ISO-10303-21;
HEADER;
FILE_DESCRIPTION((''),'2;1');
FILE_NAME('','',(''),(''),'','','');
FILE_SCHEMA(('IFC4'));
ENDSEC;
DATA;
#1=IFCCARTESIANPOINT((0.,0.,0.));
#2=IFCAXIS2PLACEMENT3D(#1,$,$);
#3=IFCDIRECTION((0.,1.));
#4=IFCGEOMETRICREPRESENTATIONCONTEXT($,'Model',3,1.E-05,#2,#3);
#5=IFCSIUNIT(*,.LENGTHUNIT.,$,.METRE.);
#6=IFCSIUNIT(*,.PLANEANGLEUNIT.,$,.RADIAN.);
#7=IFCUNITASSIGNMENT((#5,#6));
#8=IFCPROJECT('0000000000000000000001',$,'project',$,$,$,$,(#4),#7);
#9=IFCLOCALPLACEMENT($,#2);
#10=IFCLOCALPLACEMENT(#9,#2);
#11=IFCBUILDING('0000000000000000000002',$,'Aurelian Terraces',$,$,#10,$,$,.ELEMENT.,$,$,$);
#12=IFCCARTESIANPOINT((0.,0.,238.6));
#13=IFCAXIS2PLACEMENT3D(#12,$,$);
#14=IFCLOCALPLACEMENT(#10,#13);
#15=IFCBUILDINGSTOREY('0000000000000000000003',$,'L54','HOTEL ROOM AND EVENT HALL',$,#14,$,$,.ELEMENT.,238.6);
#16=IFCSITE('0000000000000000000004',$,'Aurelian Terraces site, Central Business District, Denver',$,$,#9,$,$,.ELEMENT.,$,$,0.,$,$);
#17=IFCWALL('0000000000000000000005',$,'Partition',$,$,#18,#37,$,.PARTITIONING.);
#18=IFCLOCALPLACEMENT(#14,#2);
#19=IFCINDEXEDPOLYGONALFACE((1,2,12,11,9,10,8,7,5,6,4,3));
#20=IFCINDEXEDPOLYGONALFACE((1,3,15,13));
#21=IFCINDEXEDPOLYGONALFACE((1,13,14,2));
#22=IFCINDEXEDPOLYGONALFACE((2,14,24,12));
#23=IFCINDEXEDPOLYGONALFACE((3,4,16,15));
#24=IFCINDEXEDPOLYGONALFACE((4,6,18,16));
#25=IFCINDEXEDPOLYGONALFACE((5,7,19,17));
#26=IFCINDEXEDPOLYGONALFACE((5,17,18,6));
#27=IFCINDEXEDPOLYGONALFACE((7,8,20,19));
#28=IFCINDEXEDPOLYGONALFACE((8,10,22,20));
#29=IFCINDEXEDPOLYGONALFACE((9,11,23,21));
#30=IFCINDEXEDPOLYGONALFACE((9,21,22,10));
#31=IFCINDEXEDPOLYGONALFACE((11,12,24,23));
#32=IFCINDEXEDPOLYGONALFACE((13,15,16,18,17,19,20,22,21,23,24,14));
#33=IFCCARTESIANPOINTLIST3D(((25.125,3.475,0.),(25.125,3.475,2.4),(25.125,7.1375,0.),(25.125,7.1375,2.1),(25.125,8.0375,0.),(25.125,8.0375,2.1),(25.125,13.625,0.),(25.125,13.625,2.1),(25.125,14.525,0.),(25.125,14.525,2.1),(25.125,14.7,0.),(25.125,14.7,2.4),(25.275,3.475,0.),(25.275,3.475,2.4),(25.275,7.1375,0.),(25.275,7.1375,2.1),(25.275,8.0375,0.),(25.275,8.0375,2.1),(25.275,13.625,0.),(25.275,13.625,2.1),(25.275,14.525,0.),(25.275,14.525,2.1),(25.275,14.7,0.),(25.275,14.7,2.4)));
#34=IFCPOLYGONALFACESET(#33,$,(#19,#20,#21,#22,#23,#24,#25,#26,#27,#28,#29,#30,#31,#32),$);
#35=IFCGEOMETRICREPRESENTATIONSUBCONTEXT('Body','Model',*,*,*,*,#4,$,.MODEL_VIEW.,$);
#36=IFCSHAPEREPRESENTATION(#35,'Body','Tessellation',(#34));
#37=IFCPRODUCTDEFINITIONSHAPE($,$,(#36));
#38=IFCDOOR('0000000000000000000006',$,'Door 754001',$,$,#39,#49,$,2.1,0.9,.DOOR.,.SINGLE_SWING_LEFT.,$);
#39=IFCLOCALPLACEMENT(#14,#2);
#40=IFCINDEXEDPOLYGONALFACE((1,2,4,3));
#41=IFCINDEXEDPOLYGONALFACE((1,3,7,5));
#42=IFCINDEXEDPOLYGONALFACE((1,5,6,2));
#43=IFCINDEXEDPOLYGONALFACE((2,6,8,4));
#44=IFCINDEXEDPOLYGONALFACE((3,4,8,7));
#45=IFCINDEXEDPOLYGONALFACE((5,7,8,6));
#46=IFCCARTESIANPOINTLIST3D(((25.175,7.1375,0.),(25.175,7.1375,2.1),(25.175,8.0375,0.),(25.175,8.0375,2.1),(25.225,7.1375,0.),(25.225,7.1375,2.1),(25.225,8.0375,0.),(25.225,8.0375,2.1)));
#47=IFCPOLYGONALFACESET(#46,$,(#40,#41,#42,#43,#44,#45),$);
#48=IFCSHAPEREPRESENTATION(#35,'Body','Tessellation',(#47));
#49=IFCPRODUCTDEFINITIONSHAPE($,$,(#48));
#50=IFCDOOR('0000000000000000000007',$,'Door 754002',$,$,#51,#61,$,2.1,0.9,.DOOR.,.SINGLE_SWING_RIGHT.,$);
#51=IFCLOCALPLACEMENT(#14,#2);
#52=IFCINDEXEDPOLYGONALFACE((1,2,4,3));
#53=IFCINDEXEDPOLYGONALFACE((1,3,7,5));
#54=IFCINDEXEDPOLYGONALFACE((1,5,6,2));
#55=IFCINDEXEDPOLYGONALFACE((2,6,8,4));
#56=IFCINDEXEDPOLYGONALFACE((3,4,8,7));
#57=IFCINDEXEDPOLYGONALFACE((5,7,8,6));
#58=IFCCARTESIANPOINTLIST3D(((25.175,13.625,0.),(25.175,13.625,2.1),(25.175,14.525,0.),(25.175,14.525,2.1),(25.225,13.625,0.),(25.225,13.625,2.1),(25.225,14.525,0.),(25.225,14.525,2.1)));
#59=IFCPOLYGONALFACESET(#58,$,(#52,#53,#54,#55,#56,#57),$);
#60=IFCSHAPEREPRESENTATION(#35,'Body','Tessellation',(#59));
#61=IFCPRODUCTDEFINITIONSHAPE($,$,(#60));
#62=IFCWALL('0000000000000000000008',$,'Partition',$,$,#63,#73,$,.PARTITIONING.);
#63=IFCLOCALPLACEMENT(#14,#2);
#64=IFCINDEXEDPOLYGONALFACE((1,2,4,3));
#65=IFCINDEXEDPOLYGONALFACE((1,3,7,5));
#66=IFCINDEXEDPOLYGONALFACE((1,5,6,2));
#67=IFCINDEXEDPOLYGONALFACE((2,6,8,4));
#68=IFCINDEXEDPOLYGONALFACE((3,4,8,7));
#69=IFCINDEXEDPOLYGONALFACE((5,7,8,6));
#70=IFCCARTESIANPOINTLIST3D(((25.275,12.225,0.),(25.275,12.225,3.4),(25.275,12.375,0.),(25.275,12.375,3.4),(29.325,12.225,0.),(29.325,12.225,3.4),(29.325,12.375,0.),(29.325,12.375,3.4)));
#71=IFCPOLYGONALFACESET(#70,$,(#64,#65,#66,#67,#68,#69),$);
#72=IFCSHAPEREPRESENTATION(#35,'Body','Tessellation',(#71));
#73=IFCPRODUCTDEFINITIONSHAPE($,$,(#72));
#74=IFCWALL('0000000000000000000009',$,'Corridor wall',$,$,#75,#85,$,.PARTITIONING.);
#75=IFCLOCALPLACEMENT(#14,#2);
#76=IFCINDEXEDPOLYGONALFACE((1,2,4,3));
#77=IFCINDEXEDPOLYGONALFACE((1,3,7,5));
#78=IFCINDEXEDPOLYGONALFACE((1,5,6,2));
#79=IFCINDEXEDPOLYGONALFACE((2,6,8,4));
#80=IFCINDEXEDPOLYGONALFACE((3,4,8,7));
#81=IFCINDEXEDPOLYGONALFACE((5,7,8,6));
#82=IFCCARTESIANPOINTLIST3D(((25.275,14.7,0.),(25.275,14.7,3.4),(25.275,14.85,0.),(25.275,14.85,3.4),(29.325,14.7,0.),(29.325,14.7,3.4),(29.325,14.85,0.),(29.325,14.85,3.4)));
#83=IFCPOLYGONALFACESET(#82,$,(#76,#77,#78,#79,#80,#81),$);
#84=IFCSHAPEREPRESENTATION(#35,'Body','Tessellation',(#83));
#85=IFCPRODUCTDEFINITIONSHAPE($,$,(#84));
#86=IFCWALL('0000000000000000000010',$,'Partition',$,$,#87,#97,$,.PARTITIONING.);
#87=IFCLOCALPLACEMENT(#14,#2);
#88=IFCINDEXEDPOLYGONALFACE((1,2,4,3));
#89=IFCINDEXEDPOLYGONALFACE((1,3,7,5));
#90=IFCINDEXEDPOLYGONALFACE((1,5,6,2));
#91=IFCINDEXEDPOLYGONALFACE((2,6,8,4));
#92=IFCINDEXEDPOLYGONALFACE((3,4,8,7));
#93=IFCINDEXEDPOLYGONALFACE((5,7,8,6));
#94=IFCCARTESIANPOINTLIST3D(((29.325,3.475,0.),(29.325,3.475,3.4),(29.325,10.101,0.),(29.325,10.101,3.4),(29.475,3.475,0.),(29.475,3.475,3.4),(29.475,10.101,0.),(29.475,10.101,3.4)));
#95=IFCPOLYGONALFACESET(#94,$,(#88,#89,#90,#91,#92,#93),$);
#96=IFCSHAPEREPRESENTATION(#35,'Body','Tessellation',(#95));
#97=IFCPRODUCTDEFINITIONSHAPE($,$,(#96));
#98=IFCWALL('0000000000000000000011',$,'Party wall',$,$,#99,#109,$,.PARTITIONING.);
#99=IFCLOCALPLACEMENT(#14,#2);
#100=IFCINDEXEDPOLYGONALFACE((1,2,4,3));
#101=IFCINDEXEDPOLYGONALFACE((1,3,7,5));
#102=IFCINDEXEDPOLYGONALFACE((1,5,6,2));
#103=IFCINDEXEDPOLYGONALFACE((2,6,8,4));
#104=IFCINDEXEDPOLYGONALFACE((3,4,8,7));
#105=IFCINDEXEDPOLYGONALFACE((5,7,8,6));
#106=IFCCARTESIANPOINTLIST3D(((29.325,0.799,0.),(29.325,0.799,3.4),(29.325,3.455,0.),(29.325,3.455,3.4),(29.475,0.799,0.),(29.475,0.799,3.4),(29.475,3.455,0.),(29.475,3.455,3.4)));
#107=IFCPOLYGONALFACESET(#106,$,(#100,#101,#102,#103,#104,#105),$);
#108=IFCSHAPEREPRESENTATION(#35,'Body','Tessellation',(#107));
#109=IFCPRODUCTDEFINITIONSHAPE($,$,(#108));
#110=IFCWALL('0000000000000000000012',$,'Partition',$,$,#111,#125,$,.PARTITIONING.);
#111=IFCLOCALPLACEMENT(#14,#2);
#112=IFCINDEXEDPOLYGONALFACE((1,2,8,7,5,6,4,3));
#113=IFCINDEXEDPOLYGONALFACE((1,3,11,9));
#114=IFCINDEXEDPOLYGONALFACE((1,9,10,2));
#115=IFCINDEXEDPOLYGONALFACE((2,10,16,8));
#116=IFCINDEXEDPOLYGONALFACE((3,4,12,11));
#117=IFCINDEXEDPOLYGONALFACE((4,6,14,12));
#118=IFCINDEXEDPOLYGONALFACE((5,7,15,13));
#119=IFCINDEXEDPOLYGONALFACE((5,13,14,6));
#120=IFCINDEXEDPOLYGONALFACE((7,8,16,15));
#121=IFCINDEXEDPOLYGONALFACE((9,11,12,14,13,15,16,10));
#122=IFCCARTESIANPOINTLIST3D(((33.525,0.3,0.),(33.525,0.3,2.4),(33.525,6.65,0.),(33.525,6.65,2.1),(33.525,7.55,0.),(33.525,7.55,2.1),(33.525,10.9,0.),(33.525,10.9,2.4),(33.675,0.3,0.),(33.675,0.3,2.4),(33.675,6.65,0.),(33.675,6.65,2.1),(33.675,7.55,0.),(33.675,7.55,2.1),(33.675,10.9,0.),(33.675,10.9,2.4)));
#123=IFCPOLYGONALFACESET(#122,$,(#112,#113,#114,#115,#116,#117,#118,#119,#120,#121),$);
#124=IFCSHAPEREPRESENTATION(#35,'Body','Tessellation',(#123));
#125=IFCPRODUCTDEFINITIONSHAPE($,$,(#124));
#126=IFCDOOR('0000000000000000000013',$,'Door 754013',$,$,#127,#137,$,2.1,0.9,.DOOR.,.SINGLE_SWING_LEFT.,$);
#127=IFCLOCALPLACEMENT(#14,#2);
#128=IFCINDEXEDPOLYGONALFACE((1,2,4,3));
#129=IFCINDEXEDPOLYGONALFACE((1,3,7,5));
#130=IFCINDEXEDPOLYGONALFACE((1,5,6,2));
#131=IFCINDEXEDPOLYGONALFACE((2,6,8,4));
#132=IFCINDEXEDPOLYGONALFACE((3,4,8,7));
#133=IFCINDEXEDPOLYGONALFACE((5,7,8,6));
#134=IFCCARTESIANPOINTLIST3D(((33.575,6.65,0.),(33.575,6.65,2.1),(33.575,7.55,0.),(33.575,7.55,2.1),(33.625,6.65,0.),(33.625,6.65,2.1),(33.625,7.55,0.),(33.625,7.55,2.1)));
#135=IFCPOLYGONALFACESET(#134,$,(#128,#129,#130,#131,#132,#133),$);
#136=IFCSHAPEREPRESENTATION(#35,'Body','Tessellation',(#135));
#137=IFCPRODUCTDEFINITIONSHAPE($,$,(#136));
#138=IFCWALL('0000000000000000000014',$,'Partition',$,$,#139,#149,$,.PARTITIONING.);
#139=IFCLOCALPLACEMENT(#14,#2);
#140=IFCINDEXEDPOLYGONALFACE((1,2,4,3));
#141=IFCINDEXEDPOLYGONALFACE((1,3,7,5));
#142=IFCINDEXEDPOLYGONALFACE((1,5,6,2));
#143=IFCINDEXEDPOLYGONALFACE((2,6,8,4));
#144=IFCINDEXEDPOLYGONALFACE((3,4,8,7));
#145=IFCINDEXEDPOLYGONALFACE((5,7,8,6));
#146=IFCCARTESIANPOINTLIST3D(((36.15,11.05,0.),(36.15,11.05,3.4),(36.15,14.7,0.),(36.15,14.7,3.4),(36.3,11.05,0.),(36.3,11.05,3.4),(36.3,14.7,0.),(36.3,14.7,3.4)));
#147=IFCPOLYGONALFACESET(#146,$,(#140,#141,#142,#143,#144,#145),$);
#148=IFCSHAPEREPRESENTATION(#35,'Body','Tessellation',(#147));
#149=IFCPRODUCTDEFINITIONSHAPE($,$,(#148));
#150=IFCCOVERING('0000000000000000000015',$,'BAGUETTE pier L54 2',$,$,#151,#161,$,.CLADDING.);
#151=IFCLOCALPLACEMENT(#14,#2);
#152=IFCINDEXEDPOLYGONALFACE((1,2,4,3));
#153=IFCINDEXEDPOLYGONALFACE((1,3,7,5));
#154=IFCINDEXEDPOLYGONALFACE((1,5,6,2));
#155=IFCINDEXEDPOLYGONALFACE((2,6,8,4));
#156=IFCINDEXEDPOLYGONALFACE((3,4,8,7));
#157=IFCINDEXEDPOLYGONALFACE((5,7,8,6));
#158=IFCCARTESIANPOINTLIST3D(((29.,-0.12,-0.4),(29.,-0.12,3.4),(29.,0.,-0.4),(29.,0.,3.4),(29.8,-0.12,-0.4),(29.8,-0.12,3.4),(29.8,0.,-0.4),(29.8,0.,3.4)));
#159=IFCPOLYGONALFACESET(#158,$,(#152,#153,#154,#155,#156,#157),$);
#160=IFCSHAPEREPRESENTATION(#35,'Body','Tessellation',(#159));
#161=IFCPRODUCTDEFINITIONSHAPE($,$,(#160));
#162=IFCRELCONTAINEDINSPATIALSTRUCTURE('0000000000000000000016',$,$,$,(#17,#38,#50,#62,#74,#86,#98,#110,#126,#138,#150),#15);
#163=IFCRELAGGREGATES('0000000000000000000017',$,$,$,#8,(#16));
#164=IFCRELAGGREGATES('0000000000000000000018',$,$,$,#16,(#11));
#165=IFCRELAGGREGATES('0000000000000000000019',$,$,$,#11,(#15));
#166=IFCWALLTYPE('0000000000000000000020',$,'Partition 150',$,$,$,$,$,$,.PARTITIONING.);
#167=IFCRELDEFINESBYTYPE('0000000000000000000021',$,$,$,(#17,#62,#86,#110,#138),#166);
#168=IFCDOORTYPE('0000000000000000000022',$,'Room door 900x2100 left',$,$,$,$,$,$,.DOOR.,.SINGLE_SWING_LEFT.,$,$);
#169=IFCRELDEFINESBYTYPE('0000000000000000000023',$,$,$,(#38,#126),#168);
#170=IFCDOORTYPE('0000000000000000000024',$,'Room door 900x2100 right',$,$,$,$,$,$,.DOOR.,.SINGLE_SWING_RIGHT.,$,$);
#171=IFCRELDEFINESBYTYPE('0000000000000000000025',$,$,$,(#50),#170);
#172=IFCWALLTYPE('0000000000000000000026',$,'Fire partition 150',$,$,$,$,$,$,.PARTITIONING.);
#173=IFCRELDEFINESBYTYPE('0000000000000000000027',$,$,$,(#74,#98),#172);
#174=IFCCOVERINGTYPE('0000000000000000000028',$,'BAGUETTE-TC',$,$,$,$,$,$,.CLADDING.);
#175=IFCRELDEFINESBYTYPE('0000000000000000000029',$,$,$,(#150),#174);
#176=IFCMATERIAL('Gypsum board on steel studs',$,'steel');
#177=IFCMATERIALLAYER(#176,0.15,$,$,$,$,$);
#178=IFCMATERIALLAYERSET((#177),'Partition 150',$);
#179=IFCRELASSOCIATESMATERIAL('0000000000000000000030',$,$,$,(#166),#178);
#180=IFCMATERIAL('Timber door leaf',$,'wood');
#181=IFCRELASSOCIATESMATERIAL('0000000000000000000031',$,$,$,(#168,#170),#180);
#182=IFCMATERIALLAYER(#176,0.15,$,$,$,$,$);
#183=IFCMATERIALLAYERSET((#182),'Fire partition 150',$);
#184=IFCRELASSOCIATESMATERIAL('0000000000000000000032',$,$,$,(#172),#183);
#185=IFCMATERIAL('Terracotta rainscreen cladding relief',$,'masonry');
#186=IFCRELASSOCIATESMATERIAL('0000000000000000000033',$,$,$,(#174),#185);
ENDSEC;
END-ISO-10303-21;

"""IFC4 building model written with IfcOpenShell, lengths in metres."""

from ifc_helpers import new_model, si_unit, direction, frame, frame_2d, origin, origin_2d, place, context, subcontext, project, spatial, rectangle, extrude, source, transform, mapped, material, layer, layer_set, type_object, element, fill, save


model = new_model("IFC4")

# Units and contexts
model_context = context("Model", 3, precision=1e-05, world=origin(), true_north=direction((0.0, 1.0)))
body_context = subcontext(model_context, "Body", "Model", "MODEL_VIEW")
ifc_project = project(units=[si_unit("LENGTHUNIT", "METRE"), si_unit("PLANEANGLEUNIT", "RADIAN")], contexts=[model_context])

# Site, building, storey
site_placement = place(None, origin())
site = spatial("IfcSite", under=ifc_project, at=site_placement, Name="Aurelian Terraces site, Central Business District, Denver", CompositionType="ELEMENT", RefElevation=0.0)
building_placement = place(site_placement, origin())
building = spatial("IfcBuilding", under=site, at=building_placement, Name="Aurelian Terraces", CompositionType="ELEMENT")
storey_placement = place(building_placement, frame((0.0, 0.0, 238.6)))
storey = spatial("IfcBuildingStorey", under=building, at=storey_placement, Name="L54", Description="HOTEL ROOM AND EVENT HALL", CompositionType="ELEMENT", Elevation=238.6)

# Shared definitions
ifc_material_1 = material(Name="Gypsum board on steel studs", Category="steel")
ifc_layer_1 = layer(ifc_material_1, 0.15)
ifc_layer_set_1 = layer_set([ifc_layer_1], Name="Partition 150")
wall_type_1 = type_object("IfcWallType", Name="Partition 150", PredefinedType="PARTITIONING", material=ifc_layer_set_1)

# Wall, openings, doors
shared_shape_1 = source(origin(), body_context, "Body", "SweptSolid", [
    extrude(rectangle(XDim=11.225, YDim=0.15, at=frame_2d((5.6125, 0.0))), origin(), (0.0, 0.0, 1.0), 2.4),
])
wall_1_placement = place(storey_placement, frame((25.2, 14.7, 0.0), z_axis=(0.0, 0.0, 1.0), x_axis=(0.0, -1.0, 0.0)))
wall_1 = element("IfcWall", 1, at=wall_1_placement, inside=storey, type_object=wall_type_1, Name="Partition", PredefinedType="PARTITIONING", context=body_context, shape_type="MappedRepresentation", body=[
    mapped(shared_shape_1, transform((0.0, 0.0, 0.0), scale=1.0)),
])
shared_shape_2 = source(origin(), body_context, "Body", "SweptSolid", [
    extrude(rectangle(XDim=0.9, YDim=2.1, at=frame_2d((0.45, 1.05))), frame((0.0, 0.085, 0.0), z_axis=(0.0, -1.0, 0.0), x_axis=(1.0, 0.0, 0.0)), (0.0, 0.0, 1.0), 0.17),
])
opening_1_placement = place(wall_1_placement, frame((6.6625, 0.0, 0.0)))
opening_1 = element("IfcOpeningElement", 2, at=opening_1_placement, cuts=wall_1, PredefinedType="OPENING", context=body_context, shape_type="MappedRepresentation", body=[
    mapped(shared_shape_2, transform((0.0, 0.0, 0.0), scale=1.0)),
])
opening_2_placement = place(wall_1_placement, frame((0.175, 0.0, 0.0)))
opening_2 = element("IfcOpeningElement", 3, at=opening_2_placement, cuts=wall_1, PredefinedType="OPENING", context=body_context, shape_type="MappedRepresentation", body=[
    mapped(shared_shape_2, transform((0.0, 0.0, 0.0), scale=1.0)),
])
ifc_material_2 = material(Name="Timber door leaf", Category="wood")
door_type_1 = type_object("IfcDoorType", Name="Room door 900x2100 left", OperationType="SINGLE_SWING_LEFT", PredefinedType="DOOR", material=ifc_material_2)
shared_shape_3 = source(origin(), body_context, "Body", "SweptSolid", [
    extrude(rectangle(XDim=0.9, YDim=2.1, at=frame_2d((0.45, 1.05))), frame((0.0, 0.025, 0.0), z_axis=(0.0, -1.0, 0.0), x_axis=(1.0, 0.0, 0.0)), (0.0, 0.0, 1.0), 0.05),
])
door_1_placement = place(opening_1_placement, origin())
door_1 = element("IfcDoor", 4, at=door_1_placement, inside=storey, type_object=door_type_1, Name="Door 754001", OperationType="SINGLE_SWING_LEFT", OverallHeight=2.1, OverallWidth=0.9, PredefinedType="DOOR", context=body_context, shape_type="MappedRepresentation", body=[
    mapped(shared_shape_3, transform((0.0, 0.0, 0.0), scale=1.0)),
])
fill(opening_1, door_1)
door_type_2 = type_object("IfcDoorType", Name="Room door 900x2100 right", OperationType="SINGLE_SWING_RIGHT", PredefinedType="DOOR", material=ifc_material_2)
door_2_placement = place(opening_2_placement, origin())
door_2 = element("IfcDoor", 5, at=door_2_placement, inside=storey, type_object=door_type_2, Name="Door 754002", OperationType="SINGLE_SWING_RIGHT", OverallHeight=2.1, OverallWidth=0.9, PredefinedType="DOOR", context=body_context, shape_type="MappedRepresentation", body=[
    mapped(shared_shape_3, transform((0.0, 0.0, 0.0), scale=1.0)),
])
fill(opening_2, door_2)

# Walls
shared_shape_4 = source(origin(), body_context, "Body", "SweptSolid", [
    extrude(rectangle(XDim=4.05, YDim=0.15, at=frame_2d((2.025, 0.0))), origin(), (0.0, 0.0, 1.0), 3.4),
])
wall_2_placement = place(storey_placement, frame((29.325, 12.3, 0.0), z_axis=(0.0, 0.0, 1.0), x_axis=(-1.0, 0.0, 0.0)))
element("IfcWall", 6, at=wall_2_placement, inside=storey, type_object=wall_type_1, Name="Partition", PredefinedType="PARTITIONING", context=body_context, shape_type="MappedRepresentation", body=[
    mapped(shared_shape_4, transform((0.0, 0.0, 0.0), scale=1.0)),
])
ifc_layer_2 = layer(ifc_material_1, 0.15)
ifc_layer_set_2 = layer_set([ifc_layer_2], Name="Fire partition 150")
wall_type_2 = type_object("IfcWallType", Name="Fire partition 150", PredefinedType="PARTITIONING", material=ifc_layer_set_2)
wall_3_placement = place(storey_placement, frame((29.325, 14.775, 0.0), z_axis=(0.0, 0.0, 1.0), x_axis=(-1.0, 0.0, 0.0)))
element("IfcWall", 7, at=wall_3_placement, inside=storey, type_object=wall_type_2, Name="Corridor wall", PredefinedType="PARTITIONING", context=body_context, shape_type="MappedRepresentation", body=[
    mapped(shared_shape_4, transform((0.0, 0.0, 0.0), scale=1.0)),
])
shared_shape_5 = source(origin(), body_context, "Body", "SweptSolid", [
    extrude(rectangle(XDim=6.626, YDim=0.15, at=frame_2d((3.313, 0.0))), origin(), (0.0, 0.0, 1.0), 3.4),
])
wall_4_placement = place(storey_placement, frame((29.4, 3.475, 0.0), z_axis=(0.0, 0.0, 1.0), x_axis=(0.0, 1.0, 0.0)))
element("IfcWall", 8, at=wall_4_placement, inside=storey, type_object=wall_type_1, Name="Partition", PredefinedType="PARTITIONING", context=body_context, shape_type="MappedRepresentation", body=[
    mapped(shared_shape_5, transform((0.0, 0.0, 0.0), scale=1.0)),
])
shared_shape_6 = source(origin(), body_context, "Body", "SweptSolid", [
    extrude(rectangle(XDim=2.656, YDim=0.15, at=frame_2d((1.328, 0.0))), origin(), (0.0, 0.0, 1.0), 3.4),
])
wall_5_placement = place(storey_placement, frame((29.4, 0.799, 0.0), z_axis=(0.0, 0.0, 1.0), x_axis=(0.0, 1.0, 0.0)))
element("IfcWall", 9, at=wall_5_placement, inside=storey, type_object=wall_type_2, Name="Party wall", PredefinedType="PARTITIONING", context=body_context, shape_type="MappedRepresentation", body=[
    mapped(shared_shape_6, transform((0.0, 0.0, 0.0), scale=1.0)),
])

# Wall, opening, door
shared_shape_7 = source(origin(), body_context, "Body", "SweptSolid", [
    extrude(rectangle(XDim=10.6, YDim=0.15, at=frame_2d((5.3, 0.0))), origin(), (0.0, 0.0, 1.0), 2.4),
])
wall_6_placement = place(storey_placement, frame((33.6, 0.3, 0.0), z_axis=(0.0, 0.0, 1.0), x_axis=(0.0, 1.0, 0.0)))
wall_6 = element("IfcWall", 10, at=wall_6_placement, inside=storey, type_object=wall_type_1, Name="Partition", PredefinedType="PARTITIONING", context=body_context, shape_type="MappedRepresentation", body=[
    mapped(shared_shape_7, transform((0.0, 0.0, 0.0), scale=1.0)),
])
opening_3_placement = place(wall_6_placement, frame((6.35, 0.0, 0.0)))
opening_3 = element("IfcOpeningElement", 11, at=opening_3_placement, cuts=wall_6, PredefinedType="OPENING", context=body_context, shape_type="MappedRepresentation", body=[
    mapped(shared_shape_2, transform((0.0, 0.0, 0.0), scale=1.0)),
])
door_3_placement = place(opening_3_placement, origin())
door_3 = element("IfcDoor", 12, at=door_3_placement, inside=storey, type_object=door_type_1, Name="Door 754013", OperationType="SINGLE_SWING_LEFT", OverallHeight=2.1, OverallWidth=0.9, PredefinedType="DOOR", context=body_context, shape_type="MappedRepresentation", body=[
    mapped(shared_shape_3, transform((0.0, 0.0, 0.0), scale=1.0)),
])
fill(opening_3, door_3)

# Wall
shared_shape_8 = source(origin(), body_context, "Body", "SweptSolid", [
    extrude(rectangle(XDim=3.65, YDim=0.15, at=frame_2d((1.825, 0.0))), origin(), (0.0, 0.0, 1.0), 3.4),
])
wall_7_placement = place(storey_placement, frame((36.225, 11.05, 0.0), z_axis=(0.0, 0.0, 1.0), x_axis=(0.0, 1.0, 0.0)))
element("IfcWall", 13, at=wall_7_placement, inside=storey, type_object=wall_type_1, Name="Partition", PredefinedType="PARTITIONING", context=body_context, shape_type="MappedRepresentation", body=[
    mapped(shared_shape_8, transform((0.0, 0.0, 0.0), scale=1.0)),
])

# Covering
ifc_material_3 = material(Name="Terracotta rainscreen cladding relief", Category="masonry")
covering_type = type_object("IfcCoveringType", Name="BAGUETTE-TC", PredefinedType="CLADDING", material=ifc_material_3)
shared_shape_9 = source(origin(), body_context, "Body", "SweptSolid", [
    extrude(rectangle(XDim=0.8, YDim=0.12, at=origin_2d()), origin(), (0.0, 0.0, 1.0), 3.8),
])
covering_placement = place(storey_placement, frame((29.4, -0.06, -0.4), z_axis=(0.0, 0.0, 1.0), x_axis=(1.0, 0.0, 0.0)))
element("IfcCovering", 14, at=covering_placement, inside=storey, type_object=covering_type, Name="BAGUETTE pier L54 2", PredefinedType="CLADDING", context=body_context, shape_type="MappedRepresentation", body=[
    mapped(shared_shape_9, transform((0.0, 0.0, 0.0), scale=1.0)),
])

save(model, "model.ifc")
